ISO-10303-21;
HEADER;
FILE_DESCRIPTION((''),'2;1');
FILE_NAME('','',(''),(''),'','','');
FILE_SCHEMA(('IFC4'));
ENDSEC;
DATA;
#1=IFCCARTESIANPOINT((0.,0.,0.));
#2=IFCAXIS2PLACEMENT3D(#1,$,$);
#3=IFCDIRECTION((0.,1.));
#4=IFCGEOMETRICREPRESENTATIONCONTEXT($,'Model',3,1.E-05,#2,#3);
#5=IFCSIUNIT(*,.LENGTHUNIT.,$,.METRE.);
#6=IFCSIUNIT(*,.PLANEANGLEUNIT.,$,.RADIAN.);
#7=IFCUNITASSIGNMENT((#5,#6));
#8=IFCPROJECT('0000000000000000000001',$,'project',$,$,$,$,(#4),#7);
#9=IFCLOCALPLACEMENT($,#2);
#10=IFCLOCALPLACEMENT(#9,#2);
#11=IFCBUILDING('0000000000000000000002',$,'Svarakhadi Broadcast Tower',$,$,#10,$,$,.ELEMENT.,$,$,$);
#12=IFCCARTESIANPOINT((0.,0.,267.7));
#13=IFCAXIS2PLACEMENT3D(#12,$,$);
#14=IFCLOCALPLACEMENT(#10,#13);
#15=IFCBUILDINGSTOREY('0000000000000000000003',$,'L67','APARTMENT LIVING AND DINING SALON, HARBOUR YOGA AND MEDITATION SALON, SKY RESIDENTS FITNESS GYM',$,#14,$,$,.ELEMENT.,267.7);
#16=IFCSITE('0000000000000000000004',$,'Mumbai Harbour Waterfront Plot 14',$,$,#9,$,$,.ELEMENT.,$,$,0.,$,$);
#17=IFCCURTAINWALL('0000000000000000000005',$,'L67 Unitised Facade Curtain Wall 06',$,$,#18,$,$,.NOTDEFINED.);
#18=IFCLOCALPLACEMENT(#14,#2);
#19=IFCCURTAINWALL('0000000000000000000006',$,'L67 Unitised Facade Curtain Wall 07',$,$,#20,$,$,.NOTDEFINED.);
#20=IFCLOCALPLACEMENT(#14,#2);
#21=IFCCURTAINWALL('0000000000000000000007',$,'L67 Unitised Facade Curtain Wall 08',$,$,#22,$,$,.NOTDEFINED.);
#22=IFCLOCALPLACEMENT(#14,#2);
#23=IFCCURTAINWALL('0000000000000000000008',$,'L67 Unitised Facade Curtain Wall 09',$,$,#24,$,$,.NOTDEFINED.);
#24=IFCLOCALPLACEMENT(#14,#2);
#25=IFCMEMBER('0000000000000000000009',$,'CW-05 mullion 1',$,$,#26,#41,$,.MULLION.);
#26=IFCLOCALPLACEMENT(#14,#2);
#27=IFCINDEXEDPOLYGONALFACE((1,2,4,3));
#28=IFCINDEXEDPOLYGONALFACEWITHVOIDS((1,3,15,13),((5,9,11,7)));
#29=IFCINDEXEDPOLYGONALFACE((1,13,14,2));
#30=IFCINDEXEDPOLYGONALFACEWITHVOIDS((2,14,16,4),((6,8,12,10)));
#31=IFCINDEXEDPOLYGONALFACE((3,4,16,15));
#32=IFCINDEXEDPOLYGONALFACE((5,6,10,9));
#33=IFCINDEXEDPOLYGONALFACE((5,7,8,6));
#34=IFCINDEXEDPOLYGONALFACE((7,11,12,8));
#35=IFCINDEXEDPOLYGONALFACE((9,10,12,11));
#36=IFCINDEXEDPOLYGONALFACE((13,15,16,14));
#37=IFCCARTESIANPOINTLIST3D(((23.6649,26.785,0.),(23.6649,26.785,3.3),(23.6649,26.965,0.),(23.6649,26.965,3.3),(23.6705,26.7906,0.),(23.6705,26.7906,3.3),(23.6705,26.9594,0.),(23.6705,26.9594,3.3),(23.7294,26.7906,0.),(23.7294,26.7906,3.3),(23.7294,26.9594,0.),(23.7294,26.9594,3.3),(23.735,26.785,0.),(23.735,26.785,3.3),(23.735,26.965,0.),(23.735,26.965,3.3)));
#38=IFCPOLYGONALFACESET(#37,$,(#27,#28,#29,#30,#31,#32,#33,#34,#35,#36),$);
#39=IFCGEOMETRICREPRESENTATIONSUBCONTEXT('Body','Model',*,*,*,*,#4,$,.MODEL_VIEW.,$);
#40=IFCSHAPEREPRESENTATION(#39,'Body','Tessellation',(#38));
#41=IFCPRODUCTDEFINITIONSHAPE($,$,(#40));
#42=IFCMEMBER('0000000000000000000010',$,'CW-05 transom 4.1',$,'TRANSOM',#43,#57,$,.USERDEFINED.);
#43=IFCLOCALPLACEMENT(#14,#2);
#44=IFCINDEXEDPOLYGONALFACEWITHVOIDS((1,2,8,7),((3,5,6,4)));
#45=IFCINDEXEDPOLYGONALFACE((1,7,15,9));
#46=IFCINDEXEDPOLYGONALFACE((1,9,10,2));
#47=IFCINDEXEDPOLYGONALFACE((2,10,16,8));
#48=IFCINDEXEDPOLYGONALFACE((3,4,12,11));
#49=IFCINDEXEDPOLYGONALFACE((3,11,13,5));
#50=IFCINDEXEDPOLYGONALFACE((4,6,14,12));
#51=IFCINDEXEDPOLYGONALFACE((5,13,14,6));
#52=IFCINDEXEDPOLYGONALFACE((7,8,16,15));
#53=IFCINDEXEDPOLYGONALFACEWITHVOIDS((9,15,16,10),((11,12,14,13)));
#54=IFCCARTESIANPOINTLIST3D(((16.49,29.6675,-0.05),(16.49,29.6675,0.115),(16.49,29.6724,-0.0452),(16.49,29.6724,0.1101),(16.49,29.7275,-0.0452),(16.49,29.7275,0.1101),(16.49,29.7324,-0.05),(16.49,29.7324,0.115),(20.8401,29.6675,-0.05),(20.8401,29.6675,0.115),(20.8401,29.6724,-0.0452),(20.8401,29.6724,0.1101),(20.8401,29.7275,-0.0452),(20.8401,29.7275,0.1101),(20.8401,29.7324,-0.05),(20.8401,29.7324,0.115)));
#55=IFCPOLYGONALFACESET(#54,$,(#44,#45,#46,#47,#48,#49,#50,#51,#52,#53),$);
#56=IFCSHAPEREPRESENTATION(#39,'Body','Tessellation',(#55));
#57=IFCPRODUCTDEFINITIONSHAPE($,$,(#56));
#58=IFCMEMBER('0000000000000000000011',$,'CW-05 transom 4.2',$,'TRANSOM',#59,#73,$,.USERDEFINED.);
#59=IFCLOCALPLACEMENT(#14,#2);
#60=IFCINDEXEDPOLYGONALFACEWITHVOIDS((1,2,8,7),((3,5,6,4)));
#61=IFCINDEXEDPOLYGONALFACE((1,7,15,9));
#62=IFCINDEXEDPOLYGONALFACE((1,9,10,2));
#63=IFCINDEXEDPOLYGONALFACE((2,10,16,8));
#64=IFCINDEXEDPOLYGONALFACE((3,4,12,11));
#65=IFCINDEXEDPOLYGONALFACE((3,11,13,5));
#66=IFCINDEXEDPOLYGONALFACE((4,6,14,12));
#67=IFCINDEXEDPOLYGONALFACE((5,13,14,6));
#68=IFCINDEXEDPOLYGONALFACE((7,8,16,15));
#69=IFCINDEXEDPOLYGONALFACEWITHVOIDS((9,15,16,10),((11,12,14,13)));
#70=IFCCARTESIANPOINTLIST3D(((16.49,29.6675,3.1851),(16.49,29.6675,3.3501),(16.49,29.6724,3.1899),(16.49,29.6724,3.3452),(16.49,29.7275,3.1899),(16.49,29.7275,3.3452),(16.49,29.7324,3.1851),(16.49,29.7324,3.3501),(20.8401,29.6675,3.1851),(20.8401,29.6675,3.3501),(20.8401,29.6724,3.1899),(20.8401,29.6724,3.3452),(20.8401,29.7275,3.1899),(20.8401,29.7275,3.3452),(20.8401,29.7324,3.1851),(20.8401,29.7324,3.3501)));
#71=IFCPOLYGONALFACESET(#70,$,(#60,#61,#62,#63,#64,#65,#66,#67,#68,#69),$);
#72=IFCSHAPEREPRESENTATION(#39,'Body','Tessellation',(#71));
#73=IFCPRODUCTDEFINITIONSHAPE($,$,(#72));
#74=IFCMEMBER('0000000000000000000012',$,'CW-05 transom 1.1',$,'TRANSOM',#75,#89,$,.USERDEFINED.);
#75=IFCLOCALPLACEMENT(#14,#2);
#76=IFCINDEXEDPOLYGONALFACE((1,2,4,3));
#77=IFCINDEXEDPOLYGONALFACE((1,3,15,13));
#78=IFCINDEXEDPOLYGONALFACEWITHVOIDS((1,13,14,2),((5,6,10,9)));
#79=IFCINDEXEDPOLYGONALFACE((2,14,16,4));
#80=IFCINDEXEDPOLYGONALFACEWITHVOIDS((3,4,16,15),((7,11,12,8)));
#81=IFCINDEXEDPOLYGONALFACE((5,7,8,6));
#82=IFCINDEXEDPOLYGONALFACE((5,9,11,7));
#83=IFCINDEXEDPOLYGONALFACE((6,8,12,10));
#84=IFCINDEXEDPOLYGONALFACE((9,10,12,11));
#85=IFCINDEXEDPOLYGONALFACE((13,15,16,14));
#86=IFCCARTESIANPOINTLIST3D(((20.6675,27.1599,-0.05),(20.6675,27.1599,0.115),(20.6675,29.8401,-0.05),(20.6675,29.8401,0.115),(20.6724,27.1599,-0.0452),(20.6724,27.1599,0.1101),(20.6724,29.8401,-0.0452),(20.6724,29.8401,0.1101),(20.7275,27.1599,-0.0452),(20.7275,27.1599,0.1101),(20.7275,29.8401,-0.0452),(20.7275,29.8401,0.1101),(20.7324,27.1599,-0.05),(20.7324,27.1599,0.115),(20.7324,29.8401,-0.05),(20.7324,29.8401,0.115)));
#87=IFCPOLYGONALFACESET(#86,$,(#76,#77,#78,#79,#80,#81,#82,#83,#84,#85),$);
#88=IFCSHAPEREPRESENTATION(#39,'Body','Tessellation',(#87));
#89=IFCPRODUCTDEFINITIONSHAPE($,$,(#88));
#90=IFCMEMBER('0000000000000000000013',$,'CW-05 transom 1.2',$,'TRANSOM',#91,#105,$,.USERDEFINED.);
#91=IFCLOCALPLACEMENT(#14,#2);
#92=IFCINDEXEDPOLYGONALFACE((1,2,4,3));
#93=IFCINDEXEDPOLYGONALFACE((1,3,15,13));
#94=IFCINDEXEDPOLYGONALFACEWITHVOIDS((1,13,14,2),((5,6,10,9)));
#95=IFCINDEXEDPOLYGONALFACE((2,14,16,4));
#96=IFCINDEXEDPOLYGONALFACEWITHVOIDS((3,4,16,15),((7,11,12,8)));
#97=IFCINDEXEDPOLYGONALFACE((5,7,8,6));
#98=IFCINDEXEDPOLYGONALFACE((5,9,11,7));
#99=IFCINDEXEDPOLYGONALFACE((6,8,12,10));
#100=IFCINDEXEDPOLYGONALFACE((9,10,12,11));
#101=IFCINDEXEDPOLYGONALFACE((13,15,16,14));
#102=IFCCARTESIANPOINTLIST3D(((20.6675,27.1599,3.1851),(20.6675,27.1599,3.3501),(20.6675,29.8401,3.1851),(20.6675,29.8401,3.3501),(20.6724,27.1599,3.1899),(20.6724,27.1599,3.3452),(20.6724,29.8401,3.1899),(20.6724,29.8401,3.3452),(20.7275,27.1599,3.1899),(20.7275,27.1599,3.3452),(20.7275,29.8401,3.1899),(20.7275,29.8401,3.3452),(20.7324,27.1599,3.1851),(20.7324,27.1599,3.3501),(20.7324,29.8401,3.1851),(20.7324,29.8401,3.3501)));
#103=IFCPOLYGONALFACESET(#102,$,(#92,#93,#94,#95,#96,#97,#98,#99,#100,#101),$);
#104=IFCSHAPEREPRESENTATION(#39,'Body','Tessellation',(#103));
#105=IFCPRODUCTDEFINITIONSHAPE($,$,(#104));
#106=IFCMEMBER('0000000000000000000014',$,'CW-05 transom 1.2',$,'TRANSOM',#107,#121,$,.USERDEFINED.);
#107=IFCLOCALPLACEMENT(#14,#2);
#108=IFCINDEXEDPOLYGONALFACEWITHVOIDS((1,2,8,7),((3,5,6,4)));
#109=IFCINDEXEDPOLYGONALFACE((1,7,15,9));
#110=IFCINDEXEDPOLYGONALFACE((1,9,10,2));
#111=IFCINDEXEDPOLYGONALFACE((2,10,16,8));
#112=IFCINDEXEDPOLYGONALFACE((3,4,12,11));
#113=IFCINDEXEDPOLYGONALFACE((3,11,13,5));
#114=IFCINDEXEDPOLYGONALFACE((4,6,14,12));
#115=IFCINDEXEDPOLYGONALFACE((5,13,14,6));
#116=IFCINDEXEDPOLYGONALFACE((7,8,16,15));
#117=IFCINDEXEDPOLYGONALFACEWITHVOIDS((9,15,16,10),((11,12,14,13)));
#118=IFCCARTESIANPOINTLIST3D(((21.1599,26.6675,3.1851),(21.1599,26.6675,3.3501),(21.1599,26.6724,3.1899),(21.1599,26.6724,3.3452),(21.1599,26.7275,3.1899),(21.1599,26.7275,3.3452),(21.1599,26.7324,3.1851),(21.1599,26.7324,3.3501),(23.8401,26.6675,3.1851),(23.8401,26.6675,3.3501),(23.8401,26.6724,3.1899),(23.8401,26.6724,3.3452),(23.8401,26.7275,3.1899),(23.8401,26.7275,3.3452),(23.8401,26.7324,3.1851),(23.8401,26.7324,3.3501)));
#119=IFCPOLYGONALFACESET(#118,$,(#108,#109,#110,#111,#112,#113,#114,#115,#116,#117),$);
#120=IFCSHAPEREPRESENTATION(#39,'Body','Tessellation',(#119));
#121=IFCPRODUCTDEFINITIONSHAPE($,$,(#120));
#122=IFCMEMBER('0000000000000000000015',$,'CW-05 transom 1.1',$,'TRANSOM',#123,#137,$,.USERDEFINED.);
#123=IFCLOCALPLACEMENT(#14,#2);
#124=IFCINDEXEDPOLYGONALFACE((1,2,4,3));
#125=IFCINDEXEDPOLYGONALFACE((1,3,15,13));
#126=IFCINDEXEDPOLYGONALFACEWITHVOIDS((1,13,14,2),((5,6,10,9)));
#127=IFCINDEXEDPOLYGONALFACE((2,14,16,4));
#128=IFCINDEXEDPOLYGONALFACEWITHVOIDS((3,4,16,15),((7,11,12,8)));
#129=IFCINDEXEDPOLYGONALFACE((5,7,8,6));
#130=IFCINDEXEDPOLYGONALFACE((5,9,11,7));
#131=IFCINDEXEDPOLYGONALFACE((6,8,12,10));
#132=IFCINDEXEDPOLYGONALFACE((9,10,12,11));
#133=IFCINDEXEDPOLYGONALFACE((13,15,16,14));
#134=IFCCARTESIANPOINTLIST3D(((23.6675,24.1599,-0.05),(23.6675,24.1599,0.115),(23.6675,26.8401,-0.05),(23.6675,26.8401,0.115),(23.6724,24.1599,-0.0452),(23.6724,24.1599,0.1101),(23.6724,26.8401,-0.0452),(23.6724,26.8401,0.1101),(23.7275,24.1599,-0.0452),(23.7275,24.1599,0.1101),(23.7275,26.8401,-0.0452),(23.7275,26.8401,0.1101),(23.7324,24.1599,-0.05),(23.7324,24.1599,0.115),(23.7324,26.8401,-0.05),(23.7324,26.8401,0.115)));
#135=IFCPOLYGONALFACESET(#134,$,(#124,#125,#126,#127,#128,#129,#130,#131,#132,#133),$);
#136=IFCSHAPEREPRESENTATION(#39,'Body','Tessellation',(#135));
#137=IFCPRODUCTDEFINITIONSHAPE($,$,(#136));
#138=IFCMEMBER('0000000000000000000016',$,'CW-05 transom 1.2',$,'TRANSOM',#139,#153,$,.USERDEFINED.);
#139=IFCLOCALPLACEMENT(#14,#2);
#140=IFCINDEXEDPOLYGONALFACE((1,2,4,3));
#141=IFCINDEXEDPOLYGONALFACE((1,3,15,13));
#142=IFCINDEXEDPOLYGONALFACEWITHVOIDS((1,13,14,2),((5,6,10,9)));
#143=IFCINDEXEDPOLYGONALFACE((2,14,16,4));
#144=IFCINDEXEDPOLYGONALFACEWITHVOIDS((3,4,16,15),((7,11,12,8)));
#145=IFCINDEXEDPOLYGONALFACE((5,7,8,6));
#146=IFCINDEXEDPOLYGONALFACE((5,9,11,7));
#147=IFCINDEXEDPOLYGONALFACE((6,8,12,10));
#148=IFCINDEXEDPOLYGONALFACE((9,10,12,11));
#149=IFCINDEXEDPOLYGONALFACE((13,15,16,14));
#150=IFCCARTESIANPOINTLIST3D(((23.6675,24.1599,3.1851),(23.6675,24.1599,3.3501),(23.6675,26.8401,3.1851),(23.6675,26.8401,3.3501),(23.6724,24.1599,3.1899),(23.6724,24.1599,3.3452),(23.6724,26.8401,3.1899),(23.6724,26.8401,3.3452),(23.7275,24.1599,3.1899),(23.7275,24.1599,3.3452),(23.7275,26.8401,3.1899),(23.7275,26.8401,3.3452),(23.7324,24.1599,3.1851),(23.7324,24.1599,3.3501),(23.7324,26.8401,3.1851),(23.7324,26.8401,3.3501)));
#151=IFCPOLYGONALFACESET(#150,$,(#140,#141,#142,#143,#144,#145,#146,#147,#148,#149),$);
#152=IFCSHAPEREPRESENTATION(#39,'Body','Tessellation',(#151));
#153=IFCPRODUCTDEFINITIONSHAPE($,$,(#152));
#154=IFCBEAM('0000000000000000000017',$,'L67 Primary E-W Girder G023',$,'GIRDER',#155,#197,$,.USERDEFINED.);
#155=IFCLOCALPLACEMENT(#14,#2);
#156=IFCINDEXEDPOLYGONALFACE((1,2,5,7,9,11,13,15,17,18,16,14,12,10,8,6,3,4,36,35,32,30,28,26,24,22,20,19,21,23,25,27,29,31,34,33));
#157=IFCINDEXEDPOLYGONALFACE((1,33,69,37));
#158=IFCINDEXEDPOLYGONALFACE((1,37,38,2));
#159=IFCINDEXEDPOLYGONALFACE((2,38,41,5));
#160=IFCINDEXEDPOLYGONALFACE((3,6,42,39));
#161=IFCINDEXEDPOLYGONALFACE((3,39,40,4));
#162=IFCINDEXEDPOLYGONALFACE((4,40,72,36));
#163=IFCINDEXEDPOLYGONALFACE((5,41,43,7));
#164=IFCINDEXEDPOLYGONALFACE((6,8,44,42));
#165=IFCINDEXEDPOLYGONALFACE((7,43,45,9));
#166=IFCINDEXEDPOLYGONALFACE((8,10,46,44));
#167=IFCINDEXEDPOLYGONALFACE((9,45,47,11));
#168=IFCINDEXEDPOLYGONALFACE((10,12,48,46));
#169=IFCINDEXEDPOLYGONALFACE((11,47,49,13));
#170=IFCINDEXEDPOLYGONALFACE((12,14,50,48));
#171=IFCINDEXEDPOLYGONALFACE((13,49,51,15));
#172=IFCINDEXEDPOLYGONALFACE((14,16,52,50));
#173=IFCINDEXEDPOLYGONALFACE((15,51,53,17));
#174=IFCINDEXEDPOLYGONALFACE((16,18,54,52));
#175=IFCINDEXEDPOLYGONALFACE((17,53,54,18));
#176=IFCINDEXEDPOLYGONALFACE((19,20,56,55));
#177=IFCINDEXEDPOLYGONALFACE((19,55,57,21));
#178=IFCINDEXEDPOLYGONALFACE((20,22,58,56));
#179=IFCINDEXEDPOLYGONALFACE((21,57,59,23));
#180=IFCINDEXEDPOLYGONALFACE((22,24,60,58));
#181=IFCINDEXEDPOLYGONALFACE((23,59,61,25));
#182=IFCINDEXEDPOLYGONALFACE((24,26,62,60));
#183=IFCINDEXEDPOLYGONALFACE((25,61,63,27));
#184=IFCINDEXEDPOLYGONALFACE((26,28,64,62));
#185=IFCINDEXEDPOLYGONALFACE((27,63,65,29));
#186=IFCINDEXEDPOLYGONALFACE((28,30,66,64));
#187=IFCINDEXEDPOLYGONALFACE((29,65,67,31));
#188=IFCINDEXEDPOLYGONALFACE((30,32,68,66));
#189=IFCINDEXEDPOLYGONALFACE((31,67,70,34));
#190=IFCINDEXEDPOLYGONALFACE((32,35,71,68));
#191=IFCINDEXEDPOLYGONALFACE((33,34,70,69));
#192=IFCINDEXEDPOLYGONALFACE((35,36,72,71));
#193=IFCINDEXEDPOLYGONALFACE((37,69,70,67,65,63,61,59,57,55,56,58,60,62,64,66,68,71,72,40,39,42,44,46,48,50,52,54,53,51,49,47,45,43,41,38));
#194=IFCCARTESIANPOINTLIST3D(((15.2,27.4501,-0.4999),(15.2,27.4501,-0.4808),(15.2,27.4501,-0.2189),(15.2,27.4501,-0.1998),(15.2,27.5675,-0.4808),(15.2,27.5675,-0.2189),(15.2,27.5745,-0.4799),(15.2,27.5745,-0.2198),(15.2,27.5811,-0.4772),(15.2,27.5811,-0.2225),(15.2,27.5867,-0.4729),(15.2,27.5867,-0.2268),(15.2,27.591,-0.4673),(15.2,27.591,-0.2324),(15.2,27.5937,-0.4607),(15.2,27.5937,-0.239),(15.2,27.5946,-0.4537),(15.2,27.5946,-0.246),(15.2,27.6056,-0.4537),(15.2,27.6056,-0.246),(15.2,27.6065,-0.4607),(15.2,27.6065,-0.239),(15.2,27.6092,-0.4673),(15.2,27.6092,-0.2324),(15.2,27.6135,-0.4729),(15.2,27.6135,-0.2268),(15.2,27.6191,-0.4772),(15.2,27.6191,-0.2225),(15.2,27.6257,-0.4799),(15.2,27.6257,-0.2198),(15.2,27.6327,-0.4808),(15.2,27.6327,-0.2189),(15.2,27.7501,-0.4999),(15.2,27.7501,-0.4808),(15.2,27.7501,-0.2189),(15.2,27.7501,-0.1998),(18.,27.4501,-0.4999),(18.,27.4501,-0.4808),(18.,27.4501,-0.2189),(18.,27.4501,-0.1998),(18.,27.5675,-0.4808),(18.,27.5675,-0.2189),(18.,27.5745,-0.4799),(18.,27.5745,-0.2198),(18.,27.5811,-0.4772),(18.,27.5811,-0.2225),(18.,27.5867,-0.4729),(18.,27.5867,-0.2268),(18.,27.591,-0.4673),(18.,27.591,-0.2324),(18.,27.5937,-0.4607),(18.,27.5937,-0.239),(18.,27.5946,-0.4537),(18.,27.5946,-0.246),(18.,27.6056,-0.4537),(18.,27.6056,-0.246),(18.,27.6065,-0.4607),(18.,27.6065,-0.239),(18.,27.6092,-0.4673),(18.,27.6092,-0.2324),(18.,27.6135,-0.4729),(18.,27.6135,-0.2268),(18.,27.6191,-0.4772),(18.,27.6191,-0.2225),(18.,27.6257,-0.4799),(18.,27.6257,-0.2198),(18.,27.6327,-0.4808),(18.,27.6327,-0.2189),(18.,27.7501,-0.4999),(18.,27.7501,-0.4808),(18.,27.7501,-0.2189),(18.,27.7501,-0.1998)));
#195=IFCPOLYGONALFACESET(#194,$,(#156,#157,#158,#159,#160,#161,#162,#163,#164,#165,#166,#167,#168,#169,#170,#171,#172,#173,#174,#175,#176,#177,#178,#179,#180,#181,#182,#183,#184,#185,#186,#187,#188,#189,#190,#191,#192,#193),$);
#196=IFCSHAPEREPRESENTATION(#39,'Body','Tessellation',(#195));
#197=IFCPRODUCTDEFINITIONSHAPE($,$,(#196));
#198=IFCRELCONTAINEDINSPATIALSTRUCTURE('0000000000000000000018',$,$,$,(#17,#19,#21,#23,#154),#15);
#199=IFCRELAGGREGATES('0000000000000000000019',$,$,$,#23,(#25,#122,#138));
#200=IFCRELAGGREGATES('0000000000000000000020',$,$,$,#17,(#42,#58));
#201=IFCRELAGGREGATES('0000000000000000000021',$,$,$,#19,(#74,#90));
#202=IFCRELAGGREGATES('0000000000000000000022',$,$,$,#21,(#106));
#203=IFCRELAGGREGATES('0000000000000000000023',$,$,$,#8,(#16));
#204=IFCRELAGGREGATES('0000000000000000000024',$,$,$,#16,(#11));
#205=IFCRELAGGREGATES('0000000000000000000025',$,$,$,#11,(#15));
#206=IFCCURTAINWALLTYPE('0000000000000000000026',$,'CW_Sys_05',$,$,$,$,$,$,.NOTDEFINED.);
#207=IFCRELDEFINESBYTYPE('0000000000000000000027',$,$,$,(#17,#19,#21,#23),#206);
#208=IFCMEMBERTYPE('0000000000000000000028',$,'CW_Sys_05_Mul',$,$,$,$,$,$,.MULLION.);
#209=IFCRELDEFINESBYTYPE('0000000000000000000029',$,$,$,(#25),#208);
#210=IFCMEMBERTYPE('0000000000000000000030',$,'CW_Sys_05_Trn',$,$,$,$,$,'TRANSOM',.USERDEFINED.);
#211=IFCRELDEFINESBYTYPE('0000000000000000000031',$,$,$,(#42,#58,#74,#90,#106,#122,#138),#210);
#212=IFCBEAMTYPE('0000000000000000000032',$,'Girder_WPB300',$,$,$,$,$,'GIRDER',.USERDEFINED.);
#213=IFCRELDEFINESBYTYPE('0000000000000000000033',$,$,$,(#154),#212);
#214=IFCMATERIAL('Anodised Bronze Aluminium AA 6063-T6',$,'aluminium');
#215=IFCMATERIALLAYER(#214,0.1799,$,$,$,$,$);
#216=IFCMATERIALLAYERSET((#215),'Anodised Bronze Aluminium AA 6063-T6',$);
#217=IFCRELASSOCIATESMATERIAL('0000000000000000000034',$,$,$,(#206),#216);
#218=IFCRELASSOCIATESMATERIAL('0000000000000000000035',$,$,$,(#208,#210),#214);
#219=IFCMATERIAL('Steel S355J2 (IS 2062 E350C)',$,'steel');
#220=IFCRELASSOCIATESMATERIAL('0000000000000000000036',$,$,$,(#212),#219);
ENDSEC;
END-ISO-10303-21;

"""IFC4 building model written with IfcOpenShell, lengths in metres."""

from ifc_helpers import new_model, si_unit, direction, frame, origin, origin_2d, place, context, subcontext, project, spatial, hollow_rectangle, i_section, extrude, material, layer, layer_set, material_profile, profile_set, type_object, element, aggregate, save


model = new_model("IFC4")

# Units and contexts
model_context = context("Model", 3, precision=1e-05, world=origin(), true_north=direction((0.0, 1.0)))
body_context = subcontext(model_context, "Body", "Model", "MODEL_VIEW")
ifc_project = project(units=[si_unit("LENGTHUNIT", "METRE"), si_unit("PLANEANGLEUNIT", "RADIAN")], contexts=[model_context])

# Site, building, storey
site_placement = place(None, origin())
site = spatial("IfcSite", under=ifc_project, at=site_placement, Name="Mumbai Harbour Waterfront Plot 14", CompositionType="ELEMENT", RefElevation=0.0)
building_placement = place(site_placement, origin())
building = spatial("IfcBuilding", under=site, at=building_placement, Name="Svarakhadi Broadcast Tower", CompositionType="ELEMENT")
storey_placement = place(building_placement, frame((0.0, 0.0, 267.7)))
storey = spatial("IfcBuildingStorey", under=building, at=storey_placement, Name="L67", Description="APARTMENT LIVING AND DINING SALON, HARBOUR YOGA AND MEDITATION SALON, SKY RESIDENTS FITNESS GYM", CompositionType="ELEMENT", Elevation=267.7)

# Curtain walls
ifc_material_1 = material(Name="Anodised Bronze Aluminium AA 6063-T6", Category="aluminium")
ifc_layer_1 = layer(ifc_material_1, 0.1799)
ifc_layer_set_1 = layer_set([ifc_layer_1], Name="Anodised Bronze Aluminium AA 6063-T6")
curtain_wall_type = type_object("IfcCurtainWallType", Name="CW_Sys_05", PredefinedType="NOTDEFINED", material=ifc_layer_set_1)
curtain_wall_1_placement = place(storey_placement, origin())
curtain_wall_1 = element("IfcCurtainWall", 1, at=curtain_wall_1_placement, inside=storey, type_object=curtain_wall_type, Name="L67 Unitised Facade Curtain Wall 06", PredefinedType="NOTDEFINED")
ifc_material_profile_1 = material_profile(ifc_material_1, hollow_rectangle(XDim=0.0701, YDim=0.1799, WallThickness=0.0056, at=origin_2d()), Name="ALU MULLION 180x70x6")
ifc_profile_set_1 = profile_set([ifc_material_profile_1], Name="Anodised Bronze Aluminium AA 6063-T6")
member_type_1 = type_object("IfcMemberType", Name="CW_Sys_05_Mul", PredefinedType="MULLION", material=ifc_profile_set_1)
curtain_wall_2_placement = place(storey_placement, origin())
curtain_wall_2 = element("IfcCurtainWall", 2, at=curtain_wall_2_placement, inside=storey, type_object=curtain_wall_type, Name="L67 Unitised Facade Curtain Wall 07", PredefinedType="NOTDEFINED")

# Curtain walls, member
curtain_wall_3_placement = place(storey_placement, origin())
curtain_wall_3 = element("IfcCurtainWall", 3, at=curtain_wall_3_placement, inside=storey, type_object=curtain_wall_type, Name="L67 Unitised Facade Curtain Wall 08", PredefinedType="NOTDEFINED")
curtain_wall_4_placement = place(storey_placement, origin())
curtain_wall_4 = element("IfcCurtainWall", 4, at=curtain_wall_4_placement, inside=storey, type_object=curtain_wall_type, Name="L67 Unitised Facade Curtain Wall 09", PredefinedType="NOTDEFINED")
member_1_placement = place(storey_placement, frame((23.7, 26.875, 0.0), z_axis=(0.0, 0.0, 1.0), x_axis=(1.0, 0.0, 0.0)))
member_1 = element("IfcMember", 5, at=member_1_placement, type_object=member_type_1, Name="CW-05 mullion 1", PredefinedType="MULLION", context=body_context, shape_type="SweptSolid", body=[
    extrude(hollow_rectangle(XDim=0.0701, YDim=0.1799, WallThickness=0.0056, at=origin_2d()), origin(), (0.0, 0.0, 1.0), 3.3),
])

# Members
ifc_material_profile_2 = material_profile(ifc_material_1, hollow_rectangle(XDim=0.0649, YDim=0.165, WallThickness=0.0049, at=origin_2d()), Name="ALU TRANSOM 165x65x5")
ifc_profile_set_2 = profile_set([ifc_material_profile_2], Name="Anodised Bronze Aluminium AA 6063-T6")
member_type_2 = type_object("IfcMemberType", Name="CW_Sys_05_Trn", ElementType="TRANSOM", PredefinedType="USERDEFINED", material=ifc_profile_set_2)
member_2_placement = place(storey_placement, frame((16.49, 29.7, 0.0325), z_axis=(1.0, 0.0, 0.0), x_axis=(0.0, 1.0, 0.0)))
member_2 = element("IfcMember", 6, at=member_2_placement, type_object=member_type_2, Name="CW-05 transom 4.1", ObjectType="TRANSOM", PredefinedType="USERDEFINED", context=body_context, shape_type="SweptSolid", body=[
    extrude(hollow_rectangle(XDim=0.0649, YDim=0.165, WallThickness=0.0049, at=origin_2d()), origin(), (0.0, 0.0, 1.0), 4.3501),
])
member_3_placement = place(storey_placement, frame((16.49, 29.7, 3.2676), z_axis=(1.0, 0.0, 0.0), x_axis=(0.0, 1.0, 0.0)))
member_3 = element("IfcMember", 7, at=member_3_placement, type_object=member_type_2, Name="CW-05 transom 4.2", ObjectType="TRANSOM", PredefinedType="USERDEFINED", context=body_context, shape_type="SweptSolid", body=[
    extrude(hollow_rectangle(XDim=0.0649, YDim=0.165, WallThickness=0.0049, at=origin_2d()), origin(), (0.0, 0.0, 1.0), 4.3501),
])
member_4_placement = place(storey_placement, frame((20.7, 29.8401, 0.0325), z_axis=(0.0, -1.0, 0.0), x_axis=(1.0, 0.0, 0.0)))
member_4 = element("IfcMember", 8, at=member_4_placement, type_object=member_type_2, Name="CW-05 transom 1.1", ObjectType="TRANSOM", PredefinedType="USERDEFINED", context=body_context, shape_type="SweptSolid", body=[
    extrude(hollow_rectangle(XDim=0.0649, YDim=0.165, WallThickness=0.0049, at=origin_2d()), origin(), (0.0, 0.0, 1.0), 2.6802),
])
member_5_placement = place(storey_placement, frame((20.7, 29.8401, 3.2676), z_axis=(0.0, -1.0, 0.0), x_axis=(1.0, 0.0, 0.0)))
member_5 = element("IfcMember", 9, at=member_5_placement, type_object=member_type_2, Name="CW-05 transom 1.2", ObjectType="TRANSOM", PredefinedType="USERDEFINED", context=body_context, shape_type="SweptSolid", body=[
    extrude(hollow_rectangle(XDim=0.0649, YDim=0.165, WallThickness=0.0049, at=origin_2d()), origin(), (0.0, 0.0, 1.0), 2.6802),
])
member_6_placement = place(storey_placement, frame((21.1599, 26.7, 3.2676), z_axis=(1.0, 0.0, 0.0), x_axis=(0.0, 1.0, 0.0)))
member_6 = element("IfcMember", 10, at=member_6_placement, type_object=member_type_2, Name="CW-05 transom 1.2", ObjectType="TRANSOM", PredefinedType="USERDEFINED", context=body_context, shape_type="SweptSolid", body=[
    extrude(hollow_rectangle(XDim=0.0649, YDim=0.165, WallThickness=0.0049, at=origin_2d()), origin(), (0.0, 0.0, 1.0), 2.6802),
])
member_7_placement = place(storey_placement, frame((23.7, 26.8401, 0.0325), z_axis=(0.0, -1.0, 0.0), x_axis=(1.0, 0.0, 0.0)))
member_7 = element("IfcMember", 11, at=member_7_placement, type_object=member_type_2, Name="CW-05 transom 1.1", ObjectType="TRANSOM", PredefinedType="USERDEFINED", context=body_context, shape_type="SweptSolid", body=[
    extrude(hollow_rectangle(XDim=0.0649, YDim=0.165, WallThickness=0.0049, at=origin_2d()), origin(), (0.0, 0.0, 1.0), 2.6802),
])
member_8_placement = place(storey_placement, frame((23.7, 26.8401, 3.2676), z_axis=(0.0, -1.0, 0.0), x_axis=(1.0, 0.0, 0.0)))
member_8 = element("IfcMember", 12, at=member_8_placement, type_object=member_type_2, Name="CW-05 transom 1.2", ObjectType="TRANSOM", PredefinedType="USERDEFINED", context=body_context, shape_type="SweptSolid", body=[
    extrude(hollow_rectangle(XDim=0.0649, YDim=0.165, WallThickness=0.0049, at=origin_2d()), origin(), (0.0, 0.0, 1.0), 2.6802),
])
aggregate(curtain_wall_4, [member_1, member_7, member_8])

# Beam
ifc_material_2 = material(Name="Steel S355J2 (IS 2062 E350C)", Category="steel")
ifc_material_profile_3 = material_profile(ifc_material_2, i_section(OverallWidth=0.3, OverallDepth=0.3, WebThickness=0.011, FlangeThickness=0.019, FilletRadius=0.0271, at=origin_2d()), Name="WPB 300x300x117")
ifc_profile_set_3 = profile_set([ifc_material_profile_3], Name="Steel S355J2 (IS 2062 E350C)")
beam_type = type_object("IfcBeamType", Name="Girder_WPB300", ElementType="GIRDER", PredefinedType="USERDEFINED", material=ifc_profile_set_3)
beam_placement = place(storey_placement, frame((15.2, 27.6001, -0.3499), z_axis=(1.0, 0.0, 0.0), x_axis=(0.0, 1.0, 0.0)))
element("IfcBeam", 13, at=beam_placement, inside=storey, type_object=beam_type, Name="L67 Primary E-W Girder G023", ObjectType="GIRDER", PredefinedType="USERDEFINED", context=body_context, shape_type="SweptSolid", body=[
    extrude(i_section(OverallWidth=0.3, OverallDepth=0.3, WebThickness=0.011, FlangeThickness=0.019, FilletRadius=0.0271, at=origin_2d()), origin(), (0.0, 0.0, 1.0), 2.8),
])

aggregate(curtain_wall_1, [member_2, member_3])
aggregate(curtain_wall_2, [member_4, member_5])
aggregate(curtain_wall_3, [member_6])

save(model, "model.ifc")
